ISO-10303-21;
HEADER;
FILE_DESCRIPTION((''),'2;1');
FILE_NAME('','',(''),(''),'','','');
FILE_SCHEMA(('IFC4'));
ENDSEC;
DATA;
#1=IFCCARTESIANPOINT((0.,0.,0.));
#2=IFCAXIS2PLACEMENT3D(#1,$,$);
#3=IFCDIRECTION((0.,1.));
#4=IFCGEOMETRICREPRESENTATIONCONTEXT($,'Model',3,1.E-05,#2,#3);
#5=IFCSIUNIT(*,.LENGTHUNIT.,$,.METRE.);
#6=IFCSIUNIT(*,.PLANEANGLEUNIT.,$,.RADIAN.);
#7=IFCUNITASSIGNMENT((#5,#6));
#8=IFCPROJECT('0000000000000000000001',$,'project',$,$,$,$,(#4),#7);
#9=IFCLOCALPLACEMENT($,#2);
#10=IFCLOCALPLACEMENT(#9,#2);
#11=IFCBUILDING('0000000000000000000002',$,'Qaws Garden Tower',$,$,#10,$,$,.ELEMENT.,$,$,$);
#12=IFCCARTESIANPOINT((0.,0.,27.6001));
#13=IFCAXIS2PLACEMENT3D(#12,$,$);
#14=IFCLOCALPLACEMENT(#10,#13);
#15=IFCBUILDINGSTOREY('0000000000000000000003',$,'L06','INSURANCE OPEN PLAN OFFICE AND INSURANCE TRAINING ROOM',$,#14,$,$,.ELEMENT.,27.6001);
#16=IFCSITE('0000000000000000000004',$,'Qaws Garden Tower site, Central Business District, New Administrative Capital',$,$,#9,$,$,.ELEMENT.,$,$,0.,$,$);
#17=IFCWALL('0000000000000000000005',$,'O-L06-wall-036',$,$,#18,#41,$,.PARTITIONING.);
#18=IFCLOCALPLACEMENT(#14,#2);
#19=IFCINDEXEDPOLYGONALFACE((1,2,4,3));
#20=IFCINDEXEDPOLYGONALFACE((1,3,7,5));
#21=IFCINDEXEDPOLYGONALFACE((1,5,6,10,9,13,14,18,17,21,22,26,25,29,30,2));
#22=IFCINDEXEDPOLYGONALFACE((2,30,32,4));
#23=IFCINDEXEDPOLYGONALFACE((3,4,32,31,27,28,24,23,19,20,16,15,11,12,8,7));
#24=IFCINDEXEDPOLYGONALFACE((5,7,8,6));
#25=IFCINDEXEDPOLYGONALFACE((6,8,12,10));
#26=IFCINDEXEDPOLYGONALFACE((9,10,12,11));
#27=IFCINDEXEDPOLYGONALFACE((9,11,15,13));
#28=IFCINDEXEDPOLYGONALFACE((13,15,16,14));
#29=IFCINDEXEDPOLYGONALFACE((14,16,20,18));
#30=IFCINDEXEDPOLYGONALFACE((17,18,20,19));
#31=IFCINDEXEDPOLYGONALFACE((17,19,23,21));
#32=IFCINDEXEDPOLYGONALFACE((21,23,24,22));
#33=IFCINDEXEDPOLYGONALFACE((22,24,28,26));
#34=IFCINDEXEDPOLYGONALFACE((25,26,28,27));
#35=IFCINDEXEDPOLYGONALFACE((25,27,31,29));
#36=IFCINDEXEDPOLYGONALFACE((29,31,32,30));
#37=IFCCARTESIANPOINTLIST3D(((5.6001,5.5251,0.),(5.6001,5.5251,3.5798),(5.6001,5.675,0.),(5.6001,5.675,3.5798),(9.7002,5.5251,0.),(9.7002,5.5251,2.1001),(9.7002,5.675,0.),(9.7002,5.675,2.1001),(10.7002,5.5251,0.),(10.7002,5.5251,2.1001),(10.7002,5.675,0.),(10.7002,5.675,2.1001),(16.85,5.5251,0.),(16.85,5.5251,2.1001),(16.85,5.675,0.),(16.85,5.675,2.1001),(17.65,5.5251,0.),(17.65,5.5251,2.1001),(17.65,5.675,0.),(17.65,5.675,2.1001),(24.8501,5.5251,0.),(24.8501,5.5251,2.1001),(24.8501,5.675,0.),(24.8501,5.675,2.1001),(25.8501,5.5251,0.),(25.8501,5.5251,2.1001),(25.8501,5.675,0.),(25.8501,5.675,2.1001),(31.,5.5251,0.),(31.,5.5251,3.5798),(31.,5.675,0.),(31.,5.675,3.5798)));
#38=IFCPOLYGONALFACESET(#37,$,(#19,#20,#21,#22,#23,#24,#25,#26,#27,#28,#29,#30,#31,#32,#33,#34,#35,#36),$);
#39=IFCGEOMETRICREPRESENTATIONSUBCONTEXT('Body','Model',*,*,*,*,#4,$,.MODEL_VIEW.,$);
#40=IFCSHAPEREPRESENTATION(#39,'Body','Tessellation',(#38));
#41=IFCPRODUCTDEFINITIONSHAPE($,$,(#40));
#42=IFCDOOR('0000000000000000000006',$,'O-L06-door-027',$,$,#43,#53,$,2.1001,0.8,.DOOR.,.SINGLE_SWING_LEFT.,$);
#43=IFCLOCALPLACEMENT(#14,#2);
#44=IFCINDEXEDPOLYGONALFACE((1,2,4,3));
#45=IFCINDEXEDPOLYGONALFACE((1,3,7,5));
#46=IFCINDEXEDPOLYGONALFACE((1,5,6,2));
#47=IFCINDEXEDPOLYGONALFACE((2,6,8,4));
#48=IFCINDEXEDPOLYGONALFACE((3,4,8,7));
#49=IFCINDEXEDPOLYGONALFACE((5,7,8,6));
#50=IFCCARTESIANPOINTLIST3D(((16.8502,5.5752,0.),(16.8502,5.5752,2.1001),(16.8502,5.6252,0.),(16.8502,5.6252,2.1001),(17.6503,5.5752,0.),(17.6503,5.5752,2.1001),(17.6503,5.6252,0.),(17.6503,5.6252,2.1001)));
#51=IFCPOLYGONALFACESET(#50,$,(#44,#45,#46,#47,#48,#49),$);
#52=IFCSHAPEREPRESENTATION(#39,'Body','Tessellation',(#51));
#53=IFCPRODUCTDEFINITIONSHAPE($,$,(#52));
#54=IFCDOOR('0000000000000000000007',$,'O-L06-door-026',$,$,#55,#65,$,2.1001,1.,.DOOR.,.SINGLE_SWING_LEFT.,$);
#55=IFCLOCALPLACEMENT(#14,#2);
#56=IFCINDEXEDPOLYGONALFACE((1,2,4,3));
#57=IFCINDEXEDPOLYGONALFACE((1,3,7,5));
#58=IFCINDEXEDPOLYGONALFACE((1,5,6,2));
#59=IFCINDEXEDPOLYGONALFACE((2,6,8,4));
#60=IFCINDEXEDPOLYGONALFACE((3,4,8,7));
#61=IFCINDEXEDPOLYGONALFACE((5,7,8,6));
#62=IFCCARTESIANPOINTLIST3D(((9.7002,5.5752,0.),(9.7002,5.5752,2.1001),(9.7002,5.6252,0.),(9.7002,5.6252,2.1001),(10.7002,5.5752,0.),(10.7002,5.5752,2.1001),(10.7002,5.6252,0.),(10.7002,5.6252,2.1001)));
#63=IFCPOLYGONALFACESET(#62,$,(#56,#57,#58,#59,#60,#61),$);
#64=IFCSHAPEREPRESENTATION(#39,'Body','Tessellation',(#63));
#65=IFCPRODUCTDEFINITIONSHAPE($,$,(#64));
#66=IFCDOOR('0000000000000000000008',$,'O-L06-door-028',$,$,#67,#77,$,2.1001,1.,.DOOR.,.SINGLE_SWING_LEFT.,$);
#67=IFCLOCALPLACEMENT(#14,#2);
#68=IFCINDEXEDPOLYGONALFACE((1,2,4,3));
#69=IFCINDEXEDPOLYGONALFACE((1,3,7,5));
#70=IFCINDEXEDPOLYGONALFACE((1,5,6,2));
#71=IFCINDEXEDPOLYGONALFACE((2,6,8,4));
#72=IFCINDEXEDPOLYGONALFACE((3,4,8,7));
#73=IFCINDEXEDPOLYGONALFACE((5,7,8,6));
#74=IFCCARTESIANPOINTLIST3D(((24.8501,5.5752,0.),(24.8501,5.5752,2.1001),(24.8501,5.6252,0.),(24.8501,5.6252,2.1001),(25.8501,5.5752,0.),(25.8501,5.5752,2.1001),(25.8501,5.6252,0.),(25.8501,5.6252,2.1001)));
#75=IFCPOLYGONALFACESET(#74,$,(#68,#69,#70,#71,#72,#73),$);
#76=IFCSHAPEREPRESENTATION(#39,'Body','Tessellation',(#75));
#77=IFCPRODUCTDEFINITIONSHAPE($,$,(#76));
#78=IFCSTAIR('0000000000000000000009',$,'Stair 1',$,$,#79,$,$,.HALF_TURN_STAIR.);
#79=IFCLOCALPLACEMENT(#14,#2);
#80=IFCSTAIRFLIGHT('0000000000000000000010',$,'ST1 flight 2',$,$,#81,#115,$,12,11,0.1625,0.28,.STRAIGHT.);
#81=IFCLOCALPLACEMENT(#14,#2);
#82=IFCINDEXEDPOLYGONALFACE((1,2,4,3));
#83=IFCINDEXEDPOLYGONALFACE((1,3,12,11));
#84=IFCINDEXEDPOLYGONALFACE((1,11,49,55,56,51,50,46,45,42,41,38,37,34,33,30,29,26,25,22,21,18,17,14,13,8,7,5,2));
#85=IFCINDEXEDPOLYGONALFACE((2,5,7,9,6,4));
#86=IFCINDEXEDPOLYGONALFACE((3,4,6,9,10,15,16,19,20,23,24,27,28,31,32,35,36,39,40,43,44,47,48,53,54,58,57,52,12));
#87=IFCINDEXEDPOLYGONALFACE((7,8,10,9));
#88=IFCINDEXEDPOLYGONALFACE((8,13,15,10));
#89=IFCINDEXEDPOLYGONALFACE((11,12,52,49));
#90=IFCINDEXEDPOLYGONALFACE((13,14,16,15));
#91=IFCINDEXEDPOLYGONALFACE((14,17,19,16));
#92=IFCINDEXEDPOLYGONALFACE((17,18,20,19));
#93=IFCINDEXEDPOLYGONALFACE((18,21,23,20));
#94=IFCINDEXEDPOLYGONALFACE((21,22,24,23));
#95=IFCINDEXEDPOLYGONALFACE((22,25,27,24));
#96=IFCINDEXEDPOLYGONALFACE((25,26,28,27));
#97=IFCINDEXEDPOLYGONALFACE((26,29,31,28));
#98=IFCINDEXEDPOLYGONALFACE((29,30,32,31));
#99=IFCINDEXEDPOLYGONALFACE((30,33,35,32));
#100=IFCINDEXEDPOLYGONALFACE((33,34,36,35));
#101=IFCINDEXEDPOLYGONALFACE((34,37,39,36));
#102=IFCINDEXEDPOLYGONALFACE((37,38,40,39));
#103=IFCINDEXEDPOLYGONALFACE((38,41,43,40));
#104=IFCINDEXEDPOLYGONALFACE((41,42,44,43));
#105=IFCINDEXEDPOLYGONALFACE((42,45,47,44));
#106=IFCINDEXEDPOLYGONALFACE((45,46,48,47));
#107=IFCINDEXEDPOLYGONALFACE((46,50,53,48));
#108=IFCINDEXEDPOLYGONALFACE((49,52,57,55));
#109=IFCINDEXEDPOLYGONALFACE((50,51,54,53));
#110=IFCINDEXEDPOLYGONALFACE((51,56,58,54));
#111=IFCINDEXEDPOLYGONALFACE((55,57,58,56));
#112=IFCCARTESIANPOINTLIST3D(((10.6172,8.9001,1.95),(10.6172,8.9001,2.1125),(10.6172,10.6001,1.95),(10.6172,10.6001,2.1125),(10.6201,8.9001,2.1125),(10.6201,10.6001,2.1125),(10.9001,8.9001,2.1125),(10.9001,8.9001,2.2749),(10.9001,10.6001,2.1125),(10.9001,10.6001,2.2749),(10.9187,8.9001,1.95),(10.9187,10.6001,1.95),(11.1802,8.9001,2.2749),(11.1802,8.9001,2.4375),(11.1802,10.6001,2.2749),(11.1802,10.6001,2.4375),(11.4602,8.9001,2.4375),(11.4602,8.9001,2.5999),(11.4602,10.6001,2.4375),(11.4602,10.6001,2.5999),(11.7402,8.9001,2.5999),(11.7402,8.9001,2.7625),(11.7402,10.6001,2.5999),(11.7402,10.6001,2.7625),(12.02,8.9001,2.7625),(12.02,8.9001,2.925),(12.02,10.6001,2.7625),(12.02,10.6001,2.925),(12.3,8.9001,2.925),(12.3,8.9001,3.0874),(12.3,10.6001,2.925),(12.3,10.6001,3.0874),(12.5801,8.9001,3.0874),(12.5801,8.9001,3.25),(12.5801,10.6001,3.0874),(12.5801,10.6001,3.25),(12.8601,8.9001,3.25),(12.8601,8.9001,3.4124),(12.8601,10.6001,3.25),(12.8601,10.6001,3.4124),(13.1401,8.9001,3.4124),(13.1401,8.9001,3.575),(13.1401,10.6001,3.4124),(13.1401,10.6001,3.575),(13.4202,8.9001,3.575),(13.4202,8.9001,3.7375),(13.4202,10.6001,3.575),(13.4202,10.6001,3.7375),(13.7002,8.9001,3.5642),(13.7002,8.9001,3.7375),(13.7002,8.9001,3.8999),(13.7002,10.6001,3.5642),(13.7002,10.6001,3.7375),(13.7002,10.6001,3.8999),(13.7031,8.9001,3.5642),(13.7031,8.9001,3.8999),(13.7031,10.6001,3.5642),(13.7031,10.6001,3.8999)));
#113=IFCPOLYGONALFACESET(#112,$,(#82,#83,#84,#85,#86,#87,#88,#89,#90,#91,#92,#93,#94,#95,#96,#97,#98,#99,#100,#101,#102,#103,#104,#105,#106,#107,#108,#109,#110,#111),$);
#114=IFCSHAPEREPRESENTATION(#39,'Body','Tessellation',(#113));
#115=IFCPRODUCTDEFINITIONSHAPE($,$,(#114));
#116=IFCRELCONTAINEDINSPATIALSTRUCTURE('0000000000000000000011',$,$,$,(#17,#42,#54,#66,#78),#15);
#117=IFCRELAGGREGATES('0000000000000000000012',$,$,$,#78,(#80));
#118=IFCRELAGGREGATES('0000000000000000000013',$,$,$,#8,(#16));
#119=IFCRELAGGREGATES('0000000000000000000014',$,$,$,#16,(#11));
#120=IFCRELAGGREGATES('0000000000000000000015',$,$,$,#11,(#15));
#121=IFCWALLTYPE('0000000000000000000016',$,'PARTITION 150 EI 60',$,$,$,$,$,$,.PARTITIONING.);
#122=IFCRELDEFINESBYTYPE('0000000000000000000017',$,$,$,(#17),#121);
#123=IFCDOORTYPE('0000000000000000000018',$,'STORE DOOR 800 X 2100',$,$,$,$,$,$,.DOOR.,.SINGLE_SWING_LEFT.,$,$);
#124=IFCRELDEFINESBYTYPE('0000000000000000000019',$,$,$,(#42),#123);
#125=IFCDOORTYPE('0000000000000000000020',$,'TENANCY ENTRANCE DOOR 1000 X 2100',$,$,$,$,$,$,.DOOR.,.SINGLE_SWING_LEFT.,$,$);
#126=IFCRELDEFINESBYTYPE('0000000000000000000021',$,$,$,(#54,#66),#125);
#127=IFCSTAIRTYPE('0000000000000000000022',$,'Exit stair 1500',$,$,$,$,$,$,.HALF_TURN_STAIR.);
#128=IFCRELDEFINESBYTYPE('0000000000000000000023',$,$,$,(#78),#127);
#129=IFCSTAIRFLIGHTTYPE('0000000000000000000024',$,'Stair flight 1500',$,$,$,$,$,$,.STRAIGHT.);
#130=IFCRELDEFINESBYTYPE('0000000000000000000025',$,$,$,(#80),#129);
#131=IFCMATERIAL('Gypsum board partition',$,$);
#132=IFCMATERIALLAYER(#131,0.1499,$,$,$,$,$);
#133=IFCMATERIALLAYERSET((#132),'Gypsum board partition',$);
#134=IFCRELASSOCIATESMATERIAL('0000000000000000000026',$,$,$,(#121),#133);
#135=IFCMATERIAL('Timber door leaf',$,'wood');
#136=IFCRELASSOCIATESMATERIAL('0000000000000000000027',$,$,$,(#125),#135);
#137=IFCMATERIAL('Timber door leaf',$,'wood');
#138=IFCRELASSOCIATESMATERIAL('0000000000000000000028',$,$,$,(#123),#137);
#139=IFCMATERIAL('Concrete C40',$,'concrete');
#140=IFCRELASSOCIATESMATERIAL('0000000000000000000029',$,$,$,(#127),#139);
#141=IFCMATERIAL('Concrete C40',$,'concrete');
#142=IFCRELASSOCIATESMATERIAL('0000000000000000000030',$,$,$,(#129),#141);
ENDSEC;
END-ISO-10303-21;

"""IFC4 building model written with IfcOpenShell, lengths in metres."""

from ifc_helpers import new_model, si_unit, direction, frame, frame_2d, origin, place, context, subcontext, project, spatial, polyline, rectangle, outline, extrude, material, layer, layer_set, type_object, element, fill, aggregate, save


model = new_model("IFC4")

# Units and contexts
model_context = context("Model", 3, precision=1e-05, world=origin(), true_north=direction((0.0, 1.0)))
body_context = subcontext(model_context, "Body", "Model", "MODEL_VIEW")
ifc_project = project(units=[si_unit("LENGTHUNIT", "METRE"), si_unit("PLANEANGLEUNIT", "RADIAN")], contexts=[model_context])

# Site, building, storey
site_placement = place(None, origin())
site = spatial("IfcSite", under=ifc_project, at=site_placement, Name="Qaws Garden Tower site, Central Business District, New Administrative Capital", CompositionType="ELEMENT", RefElevation=0.0)
building_placement = place(site_placement, origin())
building = spatial("IfcBuilding", under=site, at=building_placement, Name="Qaws Garden Tower", CompositionType="ELEMENT")
storey_placement = place(building_placement, frame((0.0, 0.0, 27.6001)))
storey = spatial("IfcBuildingStorey", under=building, at=storey_placement, Name="L06", Description="INSURANCE OPEN PLAN OFFICE AND INSURANCE TRAINING ROOM", CompositionType="ELEMENT", Elevation=27.6001)

# Wall, openings, doors
ifc_material_1 = material(Name="Gypsum board partition")
ifc_layer_1 = layer(ifc_material_1, 0.1499)
ifc_layer_set_1 = layer_set([ifc_layer_1], Name="Gypsum board partition")
wall_type_1 = type_object("IfcWallType", Name="PARTITION 150 EI 60", PredefinedType="PARTITIONING", material=ifc_layer_set_1)
ifc_material_2 = material(Name="Timber door leaf", Category="wood")
door_type_1 = type_object("IfcDoorType", Name="TENANCY ENTRANCE DOOR 1000 X 2100", OperationType="SINGLE_SWING_LEFT", PredefinedType="DOOR", material=ifc_material_2)
wall_1_placement = place(storey_placement, frame((5.6001, 5.6001, 0.0), z_axis=(0.0, 0.0, 1.0), x_axis=(1.0, 0.0, 0.0)))
wall_1 = element("IfcWall", 1, at=wall_1_placement, inside=storey, type_object=wall_type_1, Name="O-L06-wall-036", PredefinedType="PARTITIONING", context=body_context, shape_type="SweptSolid", body=[
    extrude(rectangle(XDim=25.3999, YDim=0.1499, at=frame_2d((12.7, 0.0))), origin(), (0.0, 0.0, 1.0), 3.5798),
])
opening_1_placement = place(wall_1_placement, frame((4.1001, 0.0, 0.0)))
opening_1 = element("IfcOpeningElement", 2, at=opening_1_placement, cuts=wall_1, PredefinedType="OPENING", context=body_context, shape_type="SweptSolid", body=[
    extrude(rectangle(XDim=1.0, YDim=2.1001, at=frame_2d((0.5, 1.05))), frame((0.0, 0.085, 0.0), z_axis=(0.0, -1.0, 0.0), x_axis=(1.0, 0.0, 0.0)), (0.0, 0.0, 1.0), 0.1699),
])
opening_2_placement = place(wall_1_placement, frame((11.25, 0.0, 0.0)))
opening_2 = element("IfcOpeningElement", 3, at=opening_2_placement, cuts=wall_1, PredefinedType="OPENING", context=body_context, shape_type="SweptSolid", body=[
    extrude(rectangle(XDim=0.8, YDim=2.1001, at=frame_2d((0.3999, 1.05))), frame((0.0, 0.085, 0.0), z_axis=(0.0, -1.0, 0.0), x_axis=(1.0, 0.0, 0.0)), (0.0, 0.0, 1.0), 0.1699),
])
opening_3_placement = place(wall_1_placement, frame((19.25, 0.0, 0.0)))
opening_3 = element("IfcOpeningElement", 4, at=opening_3_placement, cuts=wall_1, PredefinedType="OPENING", context=body_context, shape_type="SweptSolid", body=[
    extrude(rectangle(XDim=1.0, YDim=2.1001, at=frame_2d((0.5, 1.05))), frame((0.0, 0.085, 0.0), z_axis=(0.0, -1.0, 0.0), x_axis=(1.0, 0.0, 0.0)), (0.0, 0.0, 1.0), 0.1699),
])
ifc_material_3 = material(Name="Timber door leaf", Category="wood")
door_type_2 = type_object("IfcDoorType", Name="STORE DOOR 800 X 2100", OperationType="SINGLE_SWING_LEFT", PredefinedType="DOOR", material=ifc_material_3)
door_1_placement = place(opening_2_placement, frame((0.8, 0.0, 0.0), z_axis=(0.0, 0.0, 1.0), x_axis=(-1.0, 0.0, 0.0)))
door_1 = element("IfcDoor", 5, at=door_1_placement, inside=storey, type_object=door_type_2, Name="O-L06-door-027", OperationType="SINGLE_SWING_LEFT", OverallHeight=2.1001, OverallWidth=0.8, PredefinedType="DOOR", context=body_context, shape_type="SweptSolid", body=[
    extrude(rectangle(XDim=0.8, YDim=2.1001, at=frame_2d((0.3999, 1.05))), frame((0.0, 0.0249, 0.0), z_axis=(0.0, -1.0, 0.0), x_axis=(1.0, 0.0, 0.0)), (0.0, 0.0, 1.0), 0.05),
])
fill(opening_2, door_1)
door_2_placement = place(opening_1_placement, frame((1.0, 0.0, 0.0), z_axis=(0.0, 0.0, 1.0), x_axis=(-1.0, 0.0, 0.0)))
door_2 = element("IfcDoor", 6, at=door_2_placement, inside=storey, type_object=door_type_1, Name="O-L06-door-026", OperationType="SINGLE_SWING_LEFT", OverallHeight=2.1001, OverallWidth=1.0, PredefinedType="DOOR", context=body_context, shape_type="SweptSolid", body=[
    extrude(rectangle(XDim=1.0, YDim=2.1001, at=frame_2d((0.5, 1.05))), frame((0.0, 0.0249, 0.0), z_axis=(0.0, -1.0, 0.0), x_axis=(1.0, 0.0, 0.0)), (0.0, 0.0, 1.0), 0.05),
])
fill(opening_1, door_2)
door_3_placement = place(opening_3_placement, frame((1.0, 0.0, 0.0), z_axis=(0.0, 0.0, 1.0), x_axis=(-1.0, 0.0, 0.0)))
door_3 = element("IfcDoor", 7, at=door_3_placement, inside=storey, type_object=door_type_1, Name="O-L06-door-028", OperationType="SINGLE_SWING_LEFT", OverallHeight=2.1001, OverallWidth=1.0, PredefinedType="DOOR", context=body_context, shape_type="SweptSolid", body=[
    extrude(rectangle(XDim=1.0, YDim=2.1001, at=frame_2d((0.5, 1.05))), frame((0.0, 0.0249, 0.0), z_axis=(0.0, -1.0, 0.0), x_axis=(1.0, 0.0, 0.0)), (0.0, 0.0, 1.0), 0.05),
])
fill(opening_3, door_3)

# Stair, stair flight
ifc_material_4 = material(Name="Concrete C40", Category="concrete")
stair_type = type_object("IfcStairType", Name="Exit stair 1500", PredefinedType="HALF_TURN_STAIR", material=ifc_material_4)
stair_placement = place(storey_placement, origin())
stair = element("IfcStair", 8, at=stair_placement, inside=storey, type_object=stair_type, Name="Stair 1", PredefinedType="HALF_TURN_STAIR")
ifc_material_5 = material(Name="Concrete C40", Category="concrete")
stair_flight_type = type_object("IfcStairFlightType", Name="Stair flight 1500", PredefinedType="STRAIGHT", material=ifc_material_5)
stair_flight_placement = place(storey_placement, frame((10.6201, 9.75, 1.95), z_axis=(0.0, 0.0, 1.0), x_axis=(1.0, 0.0, 0.0)))
stair_flight = element("IfcStairFlight", 9, at=stair_flight_placement, type_object=stair_flight_type, Name="ST1 flight 2", NumberOfRisers=12, NumberOfTreads=11, PredefinedType="STRAIGHT", RiserHeight=0.1625, TreadLength=0.28, context=body_context, shape_type="SweptSolid", body=[
    extrude(outline(polyline([(-0.0029, 0.0), (-0.0029, 0.1626), (0.0, 0.1626), (0.28, 0.1626), (0.28, 0.325), (0.5601, 0.325), (0.5601, 0.4875), (0.8401, 0.4875), (0.8401, 0.6499), (1.1201, 0.6499), (1.1201, 0.8125), (1.3999, 0.8125), (1.3999, 0.9751), (1.6799, 0.9751), (1.6799, 1.1375), (1.96, 1.1375), (1.96, 1.3), (2.24, 1.3), (2.24, 1.4624), (2.52, 1.4624), (2.52, 1.625), (2.8, 1.625), (2.8, 1.7876), (3.0801, 1.7876), (3.0801, 1.95), (3.083, 1.95), (3.083, 1.6143), (3.0801, 1.6143), (0.2986, 0.0), (-0.0029, 0.0)])), frame((0.0, 0.8501, 0.0), z_axis=(0.0, -1.0, 0.0), x_axis=(1.0, 0.0, 0.0)), (0.0, 0.0, 1.0), 1.7),
])
aggregate(stair, [stair_flight])

save(model, "model.ifc")
